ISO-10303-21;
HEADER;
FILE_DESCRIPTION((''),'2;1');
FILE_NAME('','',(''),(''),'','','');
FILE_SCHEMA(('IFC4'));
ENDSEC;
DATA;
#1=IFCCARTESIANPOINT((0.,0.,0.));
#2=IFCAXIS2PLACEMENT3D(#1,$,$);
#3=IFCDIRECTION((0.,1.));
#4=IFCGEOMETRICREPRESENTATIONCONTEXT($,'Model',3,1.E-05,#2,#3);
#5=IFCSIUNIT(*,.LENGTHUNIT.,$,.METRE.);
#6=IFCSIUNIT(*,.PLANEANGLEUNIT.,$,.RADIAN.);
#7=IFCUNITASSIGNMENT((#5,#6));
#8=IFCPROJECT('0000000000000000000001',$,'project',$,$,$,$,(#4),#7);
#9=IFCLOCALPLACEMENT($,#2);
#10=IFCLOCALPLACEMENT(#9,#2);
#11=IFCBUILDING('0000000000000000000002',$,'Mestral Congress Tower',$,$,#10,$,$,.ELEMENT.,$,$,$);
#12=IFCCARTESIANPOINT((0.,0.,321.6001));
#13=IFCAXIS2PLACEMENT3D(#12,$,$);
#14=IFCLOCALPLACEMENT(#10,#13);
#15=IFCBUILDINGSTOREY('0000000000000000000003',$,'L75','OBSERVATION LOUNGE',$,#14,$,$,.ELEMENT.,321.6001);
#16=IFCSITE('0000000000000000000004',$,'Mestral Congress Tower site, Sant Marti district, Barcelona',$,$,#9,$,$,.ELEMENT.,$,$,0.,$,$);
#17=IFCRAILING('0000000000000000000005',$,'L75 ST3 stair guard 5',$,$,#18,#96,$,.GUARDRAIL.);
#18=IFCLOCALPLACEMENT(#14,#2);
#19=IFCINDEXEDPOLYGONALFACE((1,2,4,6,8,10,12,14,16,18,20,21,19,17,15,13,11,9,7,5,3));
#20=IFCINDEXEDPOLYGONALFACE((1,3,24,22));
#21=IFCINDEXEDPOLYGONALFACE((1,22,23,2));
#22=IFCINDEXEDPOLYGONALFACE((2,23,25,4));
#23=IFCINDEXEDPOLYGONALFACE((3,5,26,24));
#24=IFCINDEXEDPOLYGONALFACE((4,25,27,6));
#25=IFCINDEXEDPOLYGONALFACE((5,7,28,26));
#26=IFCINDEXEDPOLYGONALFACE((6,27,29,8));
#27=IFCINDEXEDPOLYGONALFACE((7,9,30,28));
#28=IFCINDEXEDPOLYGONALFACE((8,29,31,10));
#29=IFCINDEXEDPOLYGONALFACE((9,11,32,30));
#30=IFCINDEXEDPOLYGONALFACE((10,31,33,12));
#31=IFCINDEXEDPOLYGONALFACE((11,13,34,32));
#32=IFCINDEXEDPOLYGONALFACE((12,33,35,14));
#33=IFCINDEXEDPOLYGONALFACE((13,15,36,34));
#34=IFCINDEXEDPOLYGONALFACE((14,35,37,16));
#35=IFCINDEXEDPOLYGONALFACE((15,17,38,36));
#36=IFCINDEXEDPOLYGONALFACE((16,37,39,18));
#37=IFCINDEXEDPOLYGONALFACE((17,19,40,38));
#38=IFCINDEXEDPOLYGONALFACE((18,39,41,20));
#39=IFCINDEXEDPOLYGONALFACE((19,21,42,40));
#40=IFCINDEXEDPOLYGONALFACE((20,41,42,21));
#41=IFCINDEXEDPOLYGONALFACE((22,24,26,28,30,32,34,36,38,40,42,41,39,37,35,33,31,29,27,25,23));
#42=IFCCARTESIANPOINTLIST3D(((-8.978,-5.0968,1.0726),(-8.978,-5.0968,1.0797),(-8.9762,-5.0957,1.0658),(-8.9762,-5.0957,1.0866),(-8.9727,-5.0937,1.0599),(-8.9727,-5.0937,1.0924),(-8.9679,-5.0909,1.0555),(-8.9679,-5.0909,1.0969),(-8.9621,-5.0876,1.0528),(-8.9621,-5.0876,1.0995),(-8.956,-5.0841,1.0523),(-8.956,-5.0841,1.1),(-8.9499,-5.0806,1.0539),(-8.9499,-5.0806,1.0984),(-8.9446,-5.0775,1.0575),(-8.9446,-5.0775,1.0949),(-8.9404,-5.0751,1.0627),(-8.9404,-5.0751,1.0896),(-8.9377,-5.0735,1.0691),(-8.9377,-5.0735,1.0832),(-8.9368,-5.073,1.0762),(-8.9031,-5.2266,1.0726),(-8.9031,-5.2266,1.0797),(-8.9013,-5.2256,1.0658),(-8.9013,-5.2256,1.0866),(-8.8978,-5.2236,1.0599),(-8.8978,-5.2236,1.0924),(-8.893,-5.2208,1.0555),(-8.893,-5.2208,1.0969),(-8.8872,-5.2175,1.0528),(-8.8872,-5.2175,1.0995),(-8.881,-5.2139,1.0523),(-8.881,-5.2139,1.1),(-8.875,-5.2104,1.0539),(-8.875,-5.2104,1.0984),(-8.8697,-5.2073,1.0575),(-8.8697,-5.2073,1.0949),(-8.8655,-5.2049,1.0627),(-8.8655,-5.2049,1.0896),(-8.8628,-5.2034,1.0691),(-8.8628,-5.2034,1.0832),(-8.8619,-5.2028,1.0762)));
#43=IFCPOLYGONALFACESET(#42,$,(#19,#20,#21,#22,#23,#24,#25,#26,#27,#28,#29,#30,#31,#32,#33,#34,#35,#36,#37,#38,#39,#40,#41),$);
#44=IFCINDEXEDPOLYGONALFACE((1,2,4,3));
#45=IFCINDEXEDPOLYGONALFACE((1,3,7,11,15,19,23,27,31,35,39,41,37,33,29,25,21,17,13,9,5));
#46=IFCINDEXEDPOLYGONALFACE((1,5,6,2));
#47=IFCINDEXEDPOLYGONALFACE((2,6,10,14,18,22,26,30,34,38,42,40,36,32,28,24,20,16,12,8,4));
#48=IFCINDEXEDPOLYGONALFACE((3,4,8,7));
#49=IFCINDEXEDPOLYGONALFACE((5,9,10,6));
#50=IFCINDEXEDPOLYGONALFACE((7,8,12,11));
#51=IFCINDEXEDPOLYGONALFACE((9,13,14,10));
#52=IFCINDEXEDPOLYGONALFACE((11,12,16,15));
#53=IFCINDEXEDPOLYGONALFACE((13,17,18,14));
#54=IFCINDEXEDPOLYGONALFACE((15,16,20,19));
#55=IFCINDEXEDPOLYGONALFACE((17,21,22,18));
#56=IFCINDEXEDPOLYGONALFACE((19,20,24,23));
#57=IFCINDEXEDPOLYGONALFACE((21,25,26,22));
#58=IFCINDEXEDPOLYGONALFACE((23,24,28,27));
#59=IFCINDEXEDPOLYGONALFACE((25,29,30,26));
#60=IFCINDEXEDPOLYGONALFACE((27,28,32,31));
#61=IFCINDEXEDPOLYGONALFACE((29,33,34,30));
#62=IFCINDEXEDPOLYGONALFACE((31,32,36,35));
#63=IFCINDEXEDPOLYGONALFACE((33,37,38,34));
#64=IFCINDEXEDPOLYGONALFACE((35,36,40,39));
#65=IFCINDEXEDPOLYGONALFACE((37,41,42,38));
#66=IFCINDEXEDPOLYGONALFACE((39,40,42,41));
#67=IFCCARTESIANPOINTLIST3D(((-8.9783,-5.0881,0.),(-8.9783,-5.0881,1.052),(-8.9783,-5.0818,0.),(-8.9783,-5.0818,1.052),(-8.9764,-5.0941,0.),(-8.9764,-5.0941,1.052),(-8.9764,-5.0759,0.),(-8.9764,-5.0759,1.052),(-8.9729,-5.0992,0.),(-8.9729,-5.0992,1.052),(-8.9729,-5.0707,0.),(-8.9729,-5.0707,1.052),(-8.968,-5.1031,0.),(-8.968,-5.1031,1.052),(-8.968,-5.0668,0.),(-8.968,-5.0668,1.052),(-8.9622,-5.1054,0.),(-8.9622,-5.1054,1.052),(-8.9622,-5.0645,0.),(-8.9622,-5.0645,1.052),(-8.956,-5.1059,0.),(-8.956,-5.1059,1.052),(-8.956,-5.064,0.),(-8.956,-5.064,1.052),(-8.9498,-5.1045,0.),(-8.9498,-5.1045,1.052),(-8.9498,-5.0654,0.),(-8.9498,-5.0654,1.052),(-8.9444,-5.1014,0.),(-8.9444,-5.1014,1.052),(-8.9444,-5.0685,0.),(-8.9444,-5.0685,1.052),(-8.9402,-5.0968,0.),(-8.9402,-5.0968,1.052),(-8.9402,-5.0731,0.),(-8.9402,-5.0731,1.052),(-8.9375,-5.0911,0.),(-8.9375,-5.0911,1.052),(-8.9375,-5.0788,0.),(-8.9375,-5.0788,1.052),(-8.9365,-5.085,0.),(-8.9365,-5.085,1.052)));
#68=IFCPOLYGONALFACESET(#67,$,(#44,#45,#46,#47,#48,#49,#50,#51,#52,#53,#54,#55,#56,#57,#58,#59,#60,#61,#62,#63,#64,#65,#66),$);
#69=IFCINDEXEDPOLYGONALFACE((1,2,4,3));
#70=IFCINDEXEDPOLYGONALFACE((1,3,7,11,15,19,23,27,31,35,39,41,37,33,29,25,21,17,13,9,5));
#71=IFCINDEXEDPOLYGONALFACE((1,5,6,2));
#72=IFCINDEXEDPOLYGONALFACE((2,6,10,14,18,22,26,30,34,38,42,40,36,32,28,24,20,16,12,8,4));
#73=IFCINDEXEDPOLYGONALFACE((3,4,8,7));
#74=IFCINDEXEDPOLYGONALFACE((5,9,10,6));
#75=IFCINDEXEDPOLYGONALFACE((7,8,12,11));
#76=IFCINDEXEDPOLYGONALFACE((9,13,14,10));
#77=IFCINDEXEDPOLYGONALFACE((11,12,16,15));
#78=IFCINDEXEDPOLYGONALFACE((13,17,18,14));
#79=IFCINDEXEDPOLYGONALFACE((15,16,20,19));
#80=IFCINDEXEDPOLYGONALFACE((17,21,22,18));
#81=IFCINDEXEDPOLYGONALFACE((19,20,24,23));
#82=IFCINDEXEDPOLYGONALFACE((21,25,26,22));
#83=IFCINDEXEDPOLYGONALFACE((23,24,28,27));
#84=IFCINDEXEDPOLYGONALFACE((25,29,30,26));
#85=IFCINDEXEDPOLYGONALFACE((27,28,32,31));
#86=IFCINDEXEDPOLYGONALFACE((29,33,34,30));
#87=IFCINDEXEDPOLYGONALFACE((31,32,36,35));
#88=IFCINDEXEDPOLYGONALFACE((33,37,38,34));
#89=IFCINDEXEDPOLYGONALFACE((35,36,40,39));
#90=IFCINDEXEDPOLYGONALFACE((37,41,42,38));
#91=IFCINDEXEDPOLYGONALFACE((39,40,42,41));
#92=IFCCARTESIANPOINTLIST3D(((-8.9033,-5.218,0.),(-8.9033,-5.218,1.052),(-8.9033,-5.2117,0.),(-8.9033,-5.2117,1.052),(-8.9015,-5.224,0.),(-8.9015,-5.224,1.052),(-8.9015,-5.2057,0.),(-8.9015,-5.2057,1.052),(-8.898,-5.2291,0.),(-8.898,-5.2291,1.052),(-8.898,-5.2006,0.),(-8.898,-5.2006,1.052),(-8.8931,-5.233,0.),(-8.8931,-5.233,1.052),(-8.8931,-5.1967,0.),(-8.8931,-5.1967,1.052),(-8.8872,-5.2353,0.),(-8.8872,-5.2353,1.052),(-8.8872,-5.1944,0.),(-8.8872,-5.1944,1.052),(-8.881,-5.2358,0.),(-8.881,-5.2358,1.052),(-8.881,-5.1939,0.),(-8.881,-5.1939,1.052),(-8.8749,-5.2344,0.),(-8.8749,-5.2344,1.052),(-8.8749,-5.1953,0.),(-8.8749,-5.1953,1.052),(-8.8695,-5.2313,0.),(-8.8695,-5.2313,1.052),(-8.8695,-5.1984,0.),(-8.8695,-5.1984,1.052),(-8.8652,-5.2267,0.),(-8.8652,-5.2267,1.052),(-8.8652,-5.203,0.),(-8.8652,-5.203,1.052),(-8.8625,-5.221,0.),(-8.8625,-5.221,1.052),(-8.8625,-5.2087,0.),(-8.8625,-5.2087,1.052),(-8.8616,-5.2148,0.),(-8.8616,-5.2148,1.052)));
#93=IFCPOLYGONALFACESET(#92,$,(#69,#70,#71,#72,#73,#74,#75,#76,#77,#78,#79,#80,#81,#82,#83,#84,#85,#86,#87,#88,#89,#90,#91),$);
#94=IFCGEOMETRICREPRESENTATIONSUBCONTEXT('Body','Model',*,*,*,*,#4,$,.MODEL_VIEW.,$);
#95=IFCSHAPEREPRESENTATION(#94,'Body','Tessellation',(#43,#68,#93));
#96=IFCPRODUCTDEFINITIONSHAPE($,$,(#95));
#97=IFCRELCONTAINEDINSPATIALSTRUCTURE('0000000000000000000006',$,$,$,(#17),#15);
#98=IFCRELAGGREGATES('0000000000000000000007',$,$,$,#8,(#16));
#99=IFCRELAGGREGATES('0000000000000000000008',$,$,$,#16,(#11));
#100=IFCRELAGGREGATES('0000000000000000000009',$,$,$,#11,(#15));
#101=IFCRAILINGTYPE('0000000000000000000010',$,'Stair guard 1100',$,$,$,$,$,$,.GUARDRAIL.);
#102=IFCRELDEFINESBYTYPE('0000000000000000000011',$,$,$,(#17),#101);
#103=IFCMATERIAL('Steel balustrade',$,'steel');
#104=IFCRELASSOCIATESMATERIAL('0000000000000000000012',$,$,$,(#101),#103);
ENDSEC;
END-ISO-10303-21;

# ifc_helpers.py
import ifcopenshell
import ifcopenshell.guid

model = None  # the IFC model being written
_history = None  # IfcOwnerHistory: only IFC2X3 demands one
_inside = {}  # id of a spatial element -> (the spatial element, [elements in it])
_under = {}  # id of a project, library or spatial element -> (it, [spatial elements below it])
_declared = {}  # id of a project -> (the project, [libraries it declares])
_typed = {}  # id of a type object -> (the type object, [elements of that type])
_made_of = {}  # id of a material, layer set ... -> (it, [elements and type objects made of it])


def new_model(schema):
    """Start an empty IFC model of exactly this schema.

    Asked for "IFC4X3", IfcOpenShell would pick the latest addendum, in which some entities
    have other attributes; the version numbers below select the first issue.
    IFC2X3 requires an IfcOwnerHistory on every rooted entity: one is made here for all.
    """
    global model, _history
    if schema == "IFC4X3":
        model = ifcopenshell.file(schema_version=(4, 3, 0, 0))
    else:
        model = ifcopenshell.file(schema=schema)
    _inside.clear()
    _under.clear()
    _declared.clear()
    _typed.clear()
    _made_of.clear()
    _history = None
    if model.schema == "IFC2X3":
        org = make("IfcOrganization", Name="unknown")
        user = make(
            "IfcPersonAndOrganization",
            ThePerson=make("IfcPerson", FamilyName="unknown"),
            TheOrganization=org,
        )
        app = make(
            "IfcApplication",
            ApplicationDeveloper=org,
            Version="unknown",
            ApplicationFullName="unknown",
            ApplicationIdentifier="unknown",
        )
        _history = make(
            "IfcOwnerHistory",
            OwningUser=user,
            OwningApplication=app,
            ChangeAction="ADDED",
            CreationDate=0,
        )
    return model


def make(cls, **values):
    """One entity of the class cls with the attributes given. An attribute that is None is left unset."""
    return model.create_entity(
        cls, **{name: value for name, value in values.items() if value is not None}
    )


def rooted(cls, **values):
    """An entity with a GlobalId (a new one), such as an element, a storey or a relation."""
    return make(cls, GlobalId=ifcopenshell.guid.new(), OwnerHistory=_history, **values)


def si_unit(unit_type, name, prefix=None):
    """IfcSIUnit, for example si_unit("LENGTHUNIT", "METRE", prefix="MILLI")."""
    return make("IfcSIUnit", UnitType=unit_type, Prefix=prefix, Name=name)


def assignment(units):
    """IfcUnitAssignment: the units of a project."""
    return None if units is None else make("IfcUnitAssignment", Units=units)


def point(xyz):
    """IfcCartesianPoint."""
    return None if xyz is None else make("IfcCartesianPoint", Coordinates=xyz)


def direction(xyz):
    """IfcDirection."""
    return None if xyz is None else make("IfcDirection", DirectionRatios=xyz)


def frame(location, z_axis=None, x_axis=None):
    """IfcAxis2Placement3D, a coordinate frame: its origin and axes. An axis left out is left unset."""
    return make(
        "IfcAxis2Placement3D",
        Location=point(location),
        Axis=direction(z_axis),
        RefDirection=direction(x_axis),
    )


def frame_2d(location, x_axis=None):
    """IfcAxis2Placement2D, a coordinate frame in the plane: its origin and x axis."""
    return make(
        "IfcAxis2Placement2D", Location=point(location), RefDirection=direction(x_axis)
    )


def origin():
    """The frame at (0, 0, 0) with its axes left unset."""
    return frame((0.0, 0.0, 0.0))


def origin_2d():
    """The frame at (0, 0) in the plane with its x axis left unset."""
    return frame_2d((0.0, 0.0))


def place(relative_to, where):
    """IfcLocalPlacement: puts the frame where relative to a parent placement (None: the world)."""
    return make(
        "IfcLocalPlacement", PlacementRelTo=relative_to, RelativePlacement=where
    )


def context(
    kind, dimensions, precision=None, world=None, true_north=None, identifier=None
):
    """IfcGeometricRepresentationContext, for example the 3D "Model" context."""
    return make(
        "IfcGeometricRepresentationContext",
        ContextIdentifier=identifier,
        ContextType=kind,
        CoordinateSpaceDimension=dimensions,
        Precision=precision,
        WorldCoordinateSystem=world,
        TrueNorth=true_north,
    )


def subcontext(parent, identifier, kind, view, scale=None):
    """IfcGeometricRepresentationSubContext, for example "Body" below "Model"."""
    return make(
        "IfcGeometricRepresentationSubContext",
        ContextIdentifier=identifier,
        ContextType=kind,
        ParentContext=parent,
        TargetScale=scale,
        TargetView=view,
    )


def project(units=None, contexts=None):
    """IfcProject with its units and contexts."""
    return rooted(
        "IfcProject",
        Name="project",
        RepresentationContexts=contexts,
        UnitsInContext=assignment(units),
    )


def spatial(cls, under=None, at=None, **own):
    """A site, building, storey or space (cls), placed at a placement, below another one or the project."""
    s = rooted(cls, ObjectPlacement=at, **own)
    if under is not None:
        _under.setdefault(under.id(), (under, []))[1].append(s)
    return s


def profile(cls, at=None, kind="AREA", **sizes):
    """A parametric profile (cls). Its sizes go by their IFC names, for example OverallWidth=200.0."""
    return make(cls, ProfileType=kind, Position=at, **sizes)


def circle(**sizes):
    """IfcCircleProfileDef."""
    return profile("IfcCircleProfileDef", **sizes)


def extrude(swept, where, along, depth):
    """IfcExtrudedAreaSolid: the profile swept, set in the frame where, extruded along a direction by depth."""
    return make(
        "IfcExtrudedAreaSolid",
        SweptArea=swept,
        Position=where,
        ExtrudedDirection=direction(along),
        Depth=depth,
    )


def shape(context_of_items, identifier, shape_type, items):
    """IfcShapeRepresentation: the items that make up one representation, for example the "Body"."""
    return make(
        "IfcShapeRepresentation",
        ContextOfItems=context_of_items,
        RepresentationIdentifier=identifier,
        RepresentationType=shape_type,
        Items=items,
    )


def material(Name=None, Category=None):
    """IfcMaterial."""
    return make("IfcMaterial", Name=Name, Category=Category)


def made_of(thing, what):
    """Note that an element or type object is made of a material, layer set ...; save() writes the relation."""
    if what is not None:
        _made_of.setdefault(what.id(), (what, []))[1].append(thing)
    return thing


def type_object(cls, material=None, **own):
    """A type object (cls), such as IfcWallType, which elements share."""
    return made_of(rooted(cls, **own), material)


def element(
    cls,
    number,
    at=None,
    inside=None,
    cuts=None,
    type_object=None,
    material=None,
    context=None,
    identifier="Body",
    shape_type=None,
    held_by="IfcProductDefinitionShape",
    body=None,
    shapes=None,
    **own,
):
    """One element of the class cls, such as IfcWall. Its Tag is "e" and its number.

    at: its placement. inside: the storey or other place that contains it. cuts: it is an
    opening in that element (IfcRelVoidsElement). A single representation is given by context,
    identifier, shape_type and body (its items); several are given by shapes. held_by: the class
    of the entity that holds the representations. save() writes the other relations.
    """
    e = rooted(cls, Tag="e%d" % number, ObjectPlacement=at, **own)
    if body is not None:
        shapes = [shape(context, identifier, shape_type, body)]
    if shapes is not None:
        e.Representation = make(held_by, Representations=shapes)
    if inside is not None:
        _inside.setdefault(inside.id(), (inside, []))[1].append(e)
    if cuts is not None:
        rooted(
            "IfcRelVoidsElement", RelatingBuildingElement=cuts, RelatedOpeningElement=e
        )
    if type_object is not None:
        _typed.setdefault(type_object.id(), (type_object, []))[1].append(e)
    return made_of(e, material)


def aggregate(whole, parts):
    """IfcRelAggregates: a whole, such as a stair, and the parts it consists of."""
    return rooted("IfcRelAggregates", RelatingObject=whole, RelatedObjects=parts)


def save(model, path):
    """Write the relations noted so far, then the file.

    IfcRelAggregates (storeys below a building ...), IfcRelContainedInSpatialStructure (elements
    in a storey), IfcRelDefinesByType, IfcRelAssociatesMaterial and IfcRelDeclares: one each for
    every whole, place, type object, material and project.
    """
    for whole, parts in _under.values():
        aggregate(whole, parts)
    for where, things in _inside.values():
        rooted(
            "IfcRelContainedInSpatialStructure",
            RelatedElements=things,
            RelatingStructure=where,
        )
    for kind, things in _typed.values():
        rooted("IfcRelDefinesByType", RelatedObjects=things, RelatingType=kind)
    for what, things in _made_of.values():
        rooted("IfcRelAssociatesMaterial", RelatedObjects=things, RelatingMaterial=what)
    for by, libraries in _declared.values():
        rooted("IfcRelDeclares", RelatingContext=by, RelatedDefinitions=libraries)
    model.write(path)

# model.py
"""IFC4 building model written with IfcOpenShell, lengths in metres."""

from ifc_helpers import new_model, si_unit, direction, frame, origin, origin_2d, place, context, subcontext, project, spatial, circle, extrude, material, type_object, element, save


model = new_model("IFC4")

# Units and contexts
model_context = context("Model", 3, precision=1e-05, world=origin(), true_north=direction((0.0, 1.0)))
body_context = subcontext(model_context, "Body", "Model", "MODEL_VIEW")
ifc_project = project(units=[si_unit("LENGTHUNIT", "METRE"), si_unit("PLANEANGLEUNIT", "RADIAN")], contexts=[model_context])

# Site, building, storey
site_placement = place(None, origin())
site = spatial("IfcSite", under=ifc_project, at=site_placement, Name="Mestral Congress Tower site, Sant Marti district, Barcelona", CompositionType="ELEMENT", RefElevation=0.0)
building_placement = place(site_placement, origin())
building = spatial("IfcBuilding", under=site, at=building_placement, Name="Mestral Congress Tower", CompositionType="ELEMENT")
storey_placement = place(building_placement, frame((0.0, 0.0, 321.6001)))
storey = spatial("IfcBuildingStorey", under=building, at=storey_placement, Name="L75", Description="OBSERVATION LOUNGE", CompositionType="ELEMENT", Elevation=321.6001)

# Railing
ifc_material_1 = material(Name="Steel balustrade", Category="steel")
railing_type_1 = type_object("IfcRailingType", Name="Stair guard 1100", PredefinedType="GUARDRAIL", material=ifc_material_1)
railing_1_placement = place(storey_placement, frame((-8.9575, -5.085, 0.0)))
element("IfcRailing", 1, at=railing_1_placement, inside=storey, type_object=railing_type_1, Name="L75 ST3 stair guard 5", PredefinedType="GUARDRAIL", context=body_context, shape_type="SweptSolid", body=[
    extrude(circle(Radius=0.0239, at=origin_2d()), frame((0.0, 0.0, 1.0762), z_axis=(0.499816, -0.866131, 0.0), x_axis=(0.866131, 0.499816, 0.0)), (0.0, 0.0, 1.0), 0.1499),
    extrude(circle(Radius=0.021, at=origin_2d()), origin(), (0.0, 0.0, 1.0), 1.052),
    extrude(circle(Radius=0.021, at=origin_2d()), frame((0.075, -0.1299, 0.0)), (0.0, 0.0, 1.0), 1.052),
])

save(model, "model.ifc")
